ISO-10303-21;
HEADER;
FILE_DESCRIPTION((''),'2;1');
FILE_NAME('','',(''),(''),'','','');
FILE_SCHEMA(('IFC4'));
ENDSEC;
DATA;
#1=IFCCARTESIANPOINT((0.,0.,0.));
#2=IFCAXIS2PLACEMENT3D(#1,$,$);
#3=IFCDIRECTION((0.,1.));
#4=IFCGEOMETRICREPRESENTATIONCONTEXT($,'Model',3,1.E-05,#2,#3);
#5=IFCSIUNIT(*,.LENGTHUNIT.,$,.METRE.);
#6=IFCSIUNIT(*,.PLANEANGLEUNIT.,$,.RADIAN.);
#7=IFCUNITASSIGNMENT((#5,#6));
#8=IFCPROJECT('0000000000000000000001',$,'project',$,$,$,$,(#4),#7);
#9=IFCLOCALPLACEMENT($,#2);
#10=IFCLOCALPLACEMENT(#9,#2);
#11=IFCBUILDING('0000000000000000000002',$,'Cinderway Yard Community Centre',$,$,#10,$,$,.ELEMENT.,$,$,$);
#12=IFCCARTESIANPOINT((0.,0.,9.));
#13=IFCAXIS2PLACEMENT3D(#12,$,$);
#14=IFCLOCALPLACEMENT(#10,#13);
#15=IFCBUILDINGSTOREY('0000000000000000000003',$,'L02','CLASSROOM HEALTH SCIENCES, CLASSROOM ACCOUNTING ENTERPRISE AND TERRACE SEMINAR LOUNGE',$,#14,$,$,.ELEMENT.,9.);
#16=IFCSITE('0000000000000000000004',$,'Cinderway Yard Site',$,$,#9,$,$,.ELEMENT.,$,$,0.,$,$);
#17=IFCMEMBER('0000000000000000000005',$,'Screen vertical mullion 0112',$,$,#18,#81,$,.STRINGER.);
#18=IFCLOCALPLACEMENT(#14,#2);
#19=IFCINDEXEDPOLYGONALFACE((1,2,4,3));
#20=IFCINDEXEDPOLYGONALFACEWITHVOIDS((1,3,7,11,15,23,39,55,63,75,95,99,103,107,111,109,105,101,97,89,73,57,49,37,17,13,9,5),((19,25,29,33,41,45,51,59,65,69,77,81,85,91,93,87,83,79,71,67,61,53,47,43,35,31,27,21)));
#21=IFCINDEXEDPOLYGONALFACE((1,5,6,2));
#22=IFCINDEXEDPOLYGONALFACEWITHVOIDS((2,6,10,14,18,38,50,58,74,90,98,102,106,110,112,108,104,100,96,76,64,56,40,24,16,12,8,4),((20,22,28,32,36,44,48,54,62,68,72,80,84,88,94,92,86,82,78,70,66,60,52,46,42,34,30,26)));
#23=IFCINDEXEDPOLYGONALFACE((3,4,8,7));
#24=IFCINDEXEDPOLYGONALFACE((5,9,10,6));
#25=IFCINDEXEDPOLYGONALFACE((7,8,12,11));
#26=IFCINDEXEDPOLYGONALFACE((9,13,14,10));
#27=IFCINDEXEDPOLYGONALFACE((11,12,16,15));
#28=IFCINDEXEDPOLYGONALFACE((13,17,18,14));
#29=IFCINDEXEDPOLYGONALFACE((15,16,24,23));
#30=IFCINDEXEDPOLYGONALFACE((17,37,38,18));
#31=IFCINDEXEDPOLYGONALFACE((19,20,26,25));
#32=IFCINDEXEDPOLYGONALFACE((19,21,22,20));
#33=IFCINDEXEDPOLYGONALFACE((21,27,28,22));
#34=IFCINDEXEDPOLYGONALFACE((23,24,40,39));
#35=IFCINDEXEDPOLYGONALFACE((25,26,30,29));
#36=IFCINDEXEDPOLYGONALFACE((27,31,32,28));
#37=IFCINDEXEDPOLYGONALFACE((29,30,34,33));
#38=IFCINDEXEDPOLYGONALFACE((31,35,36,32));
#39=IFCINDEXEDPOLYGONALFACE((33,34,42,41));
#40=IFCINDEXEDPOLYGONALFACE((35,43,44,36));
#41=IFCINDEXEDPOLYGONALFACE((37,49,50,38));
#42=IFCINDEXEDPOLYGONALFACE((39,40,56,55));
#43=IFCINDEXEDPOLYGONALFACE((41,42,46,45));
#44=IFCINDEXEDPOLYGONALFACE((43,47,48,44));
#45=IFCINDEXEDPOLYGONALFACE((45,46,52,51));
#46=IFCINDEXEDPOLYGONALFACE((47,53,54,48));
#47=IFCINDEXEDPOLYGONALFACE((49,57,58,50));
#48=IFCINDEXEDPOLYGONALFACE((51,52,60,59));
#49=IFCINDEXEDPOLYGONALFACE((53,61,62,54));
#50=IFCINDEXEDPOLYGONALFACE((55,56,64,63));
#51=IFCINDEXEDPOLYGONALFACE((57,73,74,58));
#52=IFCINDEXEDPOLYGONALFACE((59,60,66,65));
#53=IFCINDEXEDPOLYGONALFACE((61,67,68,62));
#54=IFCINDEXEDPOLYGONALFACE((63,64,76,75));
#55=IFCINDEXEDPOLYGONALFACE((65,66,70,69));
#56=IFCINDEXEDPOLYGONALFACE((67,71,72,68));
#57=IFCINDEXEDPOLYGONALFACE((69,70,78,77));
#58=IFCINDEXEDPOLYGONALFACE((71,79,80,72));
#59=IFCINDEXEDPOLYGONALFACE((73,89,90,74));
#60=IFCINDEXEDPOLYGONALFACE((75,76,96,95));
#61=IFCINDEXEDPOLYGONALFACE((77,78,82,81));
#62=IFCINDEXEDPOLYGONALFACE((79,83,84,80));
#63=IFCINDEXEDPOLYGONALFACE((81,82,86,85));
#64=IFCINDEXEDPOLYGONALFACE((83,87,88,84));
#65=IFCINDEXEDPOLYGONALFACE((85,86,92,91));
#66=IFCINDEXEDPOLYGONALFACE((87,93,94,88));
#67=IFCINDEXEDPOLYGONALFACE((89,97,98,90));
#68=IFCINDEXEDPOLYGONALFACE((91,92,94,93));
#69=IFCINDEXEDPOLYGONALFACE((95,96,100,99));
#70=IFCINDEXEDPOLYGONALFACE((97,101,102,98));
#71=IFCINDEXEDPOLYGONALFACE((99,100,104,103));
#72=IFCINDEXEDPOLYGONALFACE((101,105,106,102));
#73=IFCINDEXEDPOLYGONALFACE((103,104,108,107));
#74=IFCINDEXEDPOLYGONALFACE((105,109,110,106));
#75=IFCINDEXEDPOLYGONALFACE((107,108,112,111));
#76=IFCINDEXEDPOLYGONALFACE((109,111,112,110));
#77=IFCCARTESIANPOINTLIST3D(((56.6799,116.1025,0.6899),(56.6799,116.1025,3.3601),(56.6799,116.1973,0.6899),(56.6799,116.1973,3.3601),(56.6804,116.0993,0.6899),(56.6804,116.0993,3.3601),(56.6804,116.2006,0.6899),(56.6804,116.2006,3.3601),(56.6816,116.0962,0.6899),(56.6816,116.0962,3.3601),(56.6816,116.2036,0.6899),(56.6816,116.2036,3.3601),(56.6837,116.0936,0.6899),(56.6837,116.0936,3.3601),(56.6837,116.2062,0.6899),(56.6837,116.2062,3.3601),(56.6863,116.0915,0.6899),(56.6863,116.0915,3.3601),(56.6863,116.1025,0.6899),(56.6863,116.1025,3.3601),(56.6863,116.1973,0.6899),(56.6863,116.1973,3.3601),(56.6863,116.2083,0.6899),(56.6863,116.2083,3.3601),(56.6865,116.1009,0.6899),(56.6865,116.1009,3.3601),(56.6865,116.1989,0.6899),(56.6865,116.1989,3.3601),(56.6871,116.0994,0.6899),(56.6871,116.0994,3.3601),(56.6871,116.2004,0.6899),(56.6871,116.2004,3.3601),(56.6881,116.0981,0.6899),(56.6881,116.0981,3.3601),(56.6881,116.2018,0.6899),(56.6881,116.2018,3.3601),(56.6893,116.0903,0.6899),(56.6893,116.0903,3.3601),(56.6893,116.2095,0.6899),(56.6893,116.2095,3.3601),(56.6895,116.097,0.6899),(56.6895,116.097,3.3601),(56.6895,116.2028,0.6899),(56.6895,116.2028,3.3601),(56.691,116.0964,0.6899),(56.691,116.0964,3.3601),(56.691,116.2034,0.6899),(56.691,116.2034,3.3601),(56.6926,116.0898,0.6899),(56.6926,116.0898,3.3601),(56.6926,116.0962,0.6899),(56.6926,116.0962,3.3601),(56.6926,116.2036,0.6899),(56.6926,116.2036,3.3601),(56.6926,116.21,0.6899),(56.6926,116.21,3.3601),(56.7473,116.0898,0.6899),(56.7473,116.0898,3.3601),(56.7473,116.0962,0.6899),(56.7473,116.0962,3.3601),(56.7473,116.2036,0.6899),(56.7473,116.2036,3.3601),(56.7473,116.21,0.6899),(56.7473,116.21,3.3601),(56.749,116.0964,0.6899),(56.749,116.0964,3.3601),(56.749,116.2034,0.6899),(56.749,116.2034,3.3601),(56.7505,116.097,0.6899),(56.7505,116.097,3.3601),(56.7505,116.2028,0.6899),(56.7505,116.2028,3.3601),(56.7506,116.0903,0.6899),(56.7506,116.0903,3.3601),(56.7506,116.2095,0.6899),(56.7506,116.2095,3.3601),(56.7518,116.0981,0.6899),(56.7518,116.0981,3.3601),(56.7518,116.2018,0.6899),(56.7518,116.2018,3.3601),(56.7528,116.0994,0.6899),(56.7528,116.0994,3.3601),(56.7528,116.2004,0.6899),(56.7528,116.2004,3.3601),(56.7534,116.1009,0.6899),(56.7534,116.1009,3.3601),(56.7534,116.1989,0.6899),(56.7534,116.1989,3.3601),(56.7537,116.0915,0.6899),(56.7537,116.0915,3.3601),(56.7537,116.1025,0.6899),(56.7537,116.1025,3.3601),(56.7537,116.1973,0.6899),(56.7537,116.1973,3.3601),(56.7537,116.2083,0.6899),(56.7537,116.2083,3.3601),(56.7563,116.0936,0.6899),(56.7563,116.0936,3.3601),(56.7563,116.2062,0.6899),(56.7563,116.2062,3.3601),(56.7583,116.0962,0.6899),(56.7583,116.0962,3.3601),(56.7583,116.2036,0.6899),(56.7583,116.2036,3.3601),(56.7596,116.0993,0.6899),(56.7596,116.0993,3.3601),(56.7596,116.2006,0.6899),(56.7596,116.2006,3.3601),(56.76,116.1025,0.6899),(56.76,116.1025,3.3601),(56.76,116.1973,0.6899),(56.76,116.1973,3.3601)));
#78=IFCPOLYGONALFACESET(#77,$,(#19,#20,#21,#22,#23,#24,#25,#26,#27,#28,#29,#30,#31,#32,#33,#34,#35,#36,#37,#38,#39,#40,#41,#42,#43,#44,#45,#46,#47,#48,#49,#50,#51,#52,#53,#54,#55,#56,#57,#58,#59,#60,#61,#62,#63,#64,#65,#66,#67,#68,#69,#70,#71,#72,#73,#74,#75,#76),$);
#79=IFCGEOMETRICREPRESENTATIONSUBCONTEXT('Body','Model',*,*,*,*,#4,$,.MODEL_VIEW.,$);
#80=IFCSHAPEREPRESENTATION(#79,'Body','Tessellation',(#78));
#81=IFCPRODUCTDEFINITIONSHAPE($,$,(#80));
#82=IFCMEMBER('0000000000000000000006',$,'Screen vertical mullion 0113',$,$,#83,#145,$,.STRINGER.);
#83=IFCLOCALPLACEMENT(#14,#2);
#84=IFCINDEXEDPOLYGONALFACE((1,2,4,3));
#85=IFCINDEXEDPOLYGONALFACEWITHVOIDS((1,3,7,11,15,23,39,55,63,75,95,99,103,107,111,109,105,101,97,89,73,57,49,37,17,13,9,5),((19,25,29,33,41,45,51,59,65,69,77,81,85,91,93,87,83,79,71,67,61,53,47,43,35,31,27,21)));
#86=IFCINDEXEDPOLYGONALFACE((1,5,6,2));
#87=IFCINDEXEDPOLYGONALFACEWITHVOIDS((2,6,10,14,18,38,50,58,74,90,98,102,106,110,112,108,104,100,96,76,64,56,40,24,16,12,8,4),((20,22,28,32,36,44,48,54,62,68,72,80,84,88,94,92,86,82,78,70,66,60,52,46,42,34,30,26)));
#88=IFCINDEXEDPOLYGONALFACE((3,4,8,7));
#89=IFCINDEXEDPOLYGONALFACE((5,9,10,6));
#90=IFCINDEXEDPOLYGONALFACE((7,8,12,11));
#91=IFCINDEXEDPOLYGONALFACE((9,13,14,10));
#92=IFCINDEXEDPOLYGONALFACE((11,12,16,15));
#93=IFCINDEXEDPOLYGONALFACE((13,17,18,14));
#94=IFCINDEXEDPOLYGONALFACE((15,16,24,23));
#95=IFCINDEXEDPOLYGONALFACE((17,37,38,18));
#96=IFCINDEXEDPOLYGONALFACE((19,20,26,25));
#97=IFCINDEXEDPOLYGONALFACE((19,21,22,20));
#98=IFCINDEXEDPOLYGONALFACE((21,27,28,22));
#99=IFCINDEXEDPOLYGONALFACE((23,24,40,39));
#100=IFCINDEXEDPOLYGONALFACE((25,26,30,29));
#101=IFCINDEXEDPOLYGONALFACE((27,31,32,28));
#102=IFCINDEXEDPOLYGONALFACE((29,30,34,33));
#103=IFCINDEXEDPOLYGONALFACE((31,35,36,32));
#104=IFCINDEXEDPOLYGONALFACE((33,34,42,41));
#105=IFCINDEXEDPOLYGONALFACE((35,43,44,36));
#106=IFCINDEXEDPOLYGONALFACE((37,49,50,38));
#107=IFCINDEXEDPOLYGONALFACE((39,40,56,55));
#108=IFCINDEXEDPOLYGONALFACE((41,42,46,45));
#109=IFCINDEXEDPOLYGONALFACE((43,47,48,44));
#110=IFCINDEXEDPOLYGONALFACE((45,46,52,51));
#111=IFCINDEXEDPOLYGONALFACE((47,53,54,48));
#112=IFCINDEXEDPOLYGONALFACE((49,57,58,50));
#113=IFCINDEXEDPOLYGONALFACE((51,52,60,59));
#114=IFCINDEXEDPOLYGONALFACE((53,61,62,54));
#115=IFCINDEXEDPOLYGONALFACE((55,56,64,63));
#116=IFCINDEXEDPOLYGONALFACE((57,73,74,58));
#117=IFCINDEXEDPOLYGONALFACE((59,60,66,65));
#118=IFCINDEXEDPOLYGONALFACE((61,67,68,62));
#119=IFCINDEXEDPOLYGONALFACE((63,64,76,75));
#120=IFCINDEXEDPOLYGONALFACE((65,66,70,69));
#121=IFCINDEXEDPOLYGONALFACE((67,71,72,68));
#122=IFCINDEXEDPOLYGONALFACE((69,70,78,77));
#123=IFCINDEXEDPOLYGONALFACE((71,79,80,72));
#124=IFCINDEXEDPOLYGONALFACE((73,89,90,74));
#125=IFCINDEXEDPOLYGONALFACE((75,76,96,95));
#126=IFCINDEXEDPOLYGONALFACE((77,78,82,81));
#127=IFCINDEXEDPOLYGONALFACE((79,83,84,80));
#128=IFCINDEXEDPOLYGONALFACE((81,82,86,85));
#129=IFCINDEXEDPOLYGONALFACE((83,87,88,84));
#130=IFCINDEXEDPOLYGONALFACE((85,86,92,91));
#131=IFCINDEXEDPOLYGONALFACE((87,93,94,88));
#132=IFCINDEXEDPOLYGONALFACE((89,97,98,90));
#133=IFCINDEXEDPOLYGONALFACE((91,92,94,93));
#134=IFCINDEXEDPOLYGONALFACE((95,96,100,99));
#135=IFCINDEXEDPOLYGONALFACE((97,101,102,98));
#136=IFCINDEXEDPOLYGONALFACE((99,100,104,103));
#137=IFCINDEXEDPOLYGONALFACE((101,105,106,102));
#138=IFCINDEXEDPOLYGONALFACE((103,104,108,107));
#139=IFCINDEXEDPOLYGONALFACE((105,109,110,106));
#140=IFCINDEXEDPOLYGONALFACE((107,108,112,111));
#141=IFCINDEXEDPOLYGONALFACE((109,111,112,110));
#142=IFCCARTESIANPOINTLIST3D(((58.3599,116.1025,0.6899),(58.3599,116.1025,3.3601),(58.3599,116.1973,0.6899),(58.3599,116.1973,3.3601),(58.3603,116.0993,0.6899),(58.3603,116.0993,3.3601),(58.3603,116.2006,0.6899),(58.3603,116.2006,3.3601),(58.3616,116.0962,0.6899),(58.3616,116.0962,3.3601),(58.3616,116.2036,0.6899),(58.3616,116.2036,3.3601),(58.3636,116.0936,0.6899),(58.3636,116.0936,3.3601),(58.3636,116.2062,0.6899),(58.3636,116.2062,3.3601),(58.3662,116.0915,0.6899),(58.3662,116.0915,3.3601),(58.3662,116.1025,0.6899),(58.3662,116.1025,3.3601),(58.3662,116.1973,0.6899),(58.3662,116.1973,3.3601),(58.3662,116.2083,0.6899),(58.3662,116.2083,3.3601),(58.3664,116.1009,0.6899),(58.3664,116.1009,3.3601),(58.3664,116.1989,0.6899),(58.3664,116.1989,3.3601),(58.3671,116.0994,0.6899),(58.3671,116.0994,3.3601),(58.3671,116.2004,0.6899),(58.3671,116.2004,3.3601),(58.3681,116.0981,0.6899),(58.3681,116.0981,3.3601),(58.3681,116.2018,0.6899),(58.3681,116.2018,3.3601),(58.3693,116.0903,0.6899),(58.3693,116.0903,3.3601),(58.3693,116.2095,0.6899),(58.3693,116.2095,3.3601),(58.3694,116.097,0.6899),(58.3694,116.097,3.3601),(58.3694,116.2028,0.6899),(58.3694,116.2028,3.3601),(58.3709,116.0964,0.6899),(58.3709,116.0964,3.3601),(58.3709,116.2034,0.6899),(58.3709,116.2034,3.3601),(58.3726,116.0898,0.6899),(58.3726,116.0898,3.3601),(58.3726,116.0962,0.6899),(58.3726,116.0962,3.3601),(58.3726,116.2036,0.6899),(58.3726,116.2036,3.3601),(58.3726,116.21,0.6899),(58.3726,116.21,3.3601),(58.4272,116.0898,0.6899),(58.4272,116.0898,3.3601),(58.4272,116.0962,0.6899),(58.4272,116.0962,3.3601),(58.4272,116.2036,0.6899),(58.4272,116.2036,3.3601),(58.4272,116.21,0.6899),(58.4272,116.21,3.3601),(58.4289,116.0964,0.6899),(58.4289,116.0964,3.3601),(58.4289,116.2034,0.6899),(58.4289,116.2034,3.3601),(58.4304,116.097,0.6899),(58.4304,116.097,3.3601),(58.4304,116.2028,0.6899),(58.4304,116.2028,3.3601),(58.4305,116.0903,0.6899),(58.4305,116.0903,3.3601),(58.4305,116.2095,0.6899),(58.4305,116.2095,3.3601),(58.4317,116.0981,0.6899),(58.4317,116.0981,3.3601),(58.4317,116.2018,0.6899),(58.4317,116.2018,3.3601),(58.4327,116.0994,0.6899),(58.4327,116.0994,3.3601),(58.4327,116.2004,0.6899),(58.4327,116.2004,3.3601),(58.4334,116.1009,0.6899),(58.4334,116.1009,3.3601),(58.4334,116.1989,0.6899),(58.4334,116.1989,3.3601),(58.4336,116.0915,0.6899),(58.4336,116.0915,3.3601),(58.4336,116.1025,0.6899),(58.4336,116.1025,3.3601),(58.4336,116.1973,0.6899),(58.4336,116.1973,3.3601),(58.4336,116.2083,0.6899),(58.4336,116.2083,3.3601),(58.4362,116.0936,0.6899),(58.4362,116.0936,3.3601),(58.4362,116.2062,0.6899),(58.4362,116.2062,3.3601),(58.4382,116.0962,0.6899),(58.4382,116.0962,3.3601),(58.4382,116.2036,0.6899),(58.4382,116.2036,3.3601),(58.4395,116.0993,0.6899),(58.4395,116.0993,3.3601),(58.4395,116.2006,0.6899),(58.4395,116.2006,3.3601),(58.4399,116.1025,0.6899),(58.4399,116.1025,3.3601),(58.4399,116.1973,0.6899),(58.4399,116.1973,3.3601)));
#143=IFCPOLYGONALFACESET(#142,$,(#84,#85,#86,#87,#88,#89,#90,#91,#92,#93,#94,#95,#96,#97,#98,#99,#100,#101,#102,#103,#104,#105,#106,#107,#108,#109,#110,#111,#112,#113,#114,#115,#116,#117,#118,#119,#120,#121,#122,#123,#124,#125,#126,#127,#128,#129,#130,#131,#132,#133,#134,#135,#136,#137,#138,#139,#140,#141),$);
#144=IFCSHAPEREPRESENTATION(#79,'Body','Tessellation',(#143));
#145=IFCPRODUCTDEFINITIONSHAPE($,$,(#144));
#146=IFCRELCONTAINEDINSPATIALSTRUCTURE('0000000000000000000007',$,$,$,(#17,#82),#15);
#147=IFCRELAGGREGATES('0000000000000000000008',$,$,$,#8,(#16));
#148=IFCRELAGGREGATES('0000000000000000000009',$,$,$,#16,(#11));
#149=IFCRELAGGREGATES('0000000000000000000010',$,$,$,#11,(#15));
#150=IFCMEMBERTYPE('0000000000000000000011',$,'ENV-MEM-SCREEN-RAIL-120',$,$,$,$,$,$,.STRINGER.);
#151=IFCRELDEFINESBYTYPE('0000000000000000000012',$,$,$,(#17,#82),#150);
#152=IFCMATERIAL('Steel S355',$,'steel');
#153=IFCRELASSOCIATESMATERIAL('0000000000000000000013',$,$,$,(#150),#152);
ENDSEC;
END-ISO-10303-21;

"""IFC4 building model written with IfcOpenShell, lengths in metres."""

from ifc_helpers import new_model, si_unit, direction, frame, origin, origin_2d, place, context, subcontext, project, spatial, hollow_rectangle, extrude, material, material_profile, profile_set, type_object, element, save


model = new_model("IFC4")

# Units and contexts
model_context = context("Model", 3, precision=1e-05, world=origin(), true_north=direction((0.0, 1.0)))
body_context = subcontext(model_context, "Body", "Model", "MODEL_VIEW")
ifc_project = project(units=[si_unit("LENGTHUNIT", "METRE"), si_unit("PLANEANGLEUNIT", "RADIAN")], contexts=[model_context])

# Site, building, storey
site_placement = place(None, origin())
site = spatial("IfcSite", under=ifc_project, at=site_placement, Name="Cinderway Yard Site", CompositionType="ELEMENT", RefElevation=0.0)
building_placement = place(site_placement, origin())
building = spatial("IfcBuilding", under=site, at=building_placement, Name="Cinderway Yard Community Centre", CompositionType="ELEMENT")
storey_placement = place(building_placement, frame((0.0, 0.0, 9.0)))
storey = spatial("IfcBuildingStorey", under=building, at=storey_placement, Name="L02", Description="CLASSROOM HEALTH SCIENCES, CLASSROOM ACCOUNTING ENTERPRISE AND TERRACE SEMINAR LOUNGE", CompositionType="ELEMENT", Elevation=9.0)

# Members
ifc_material_1 = material(Name="Steel S355", Category="steel")
ifc_material_profile_1 = material_profile(ifc_material_1, hollow_rectangle(XDim=0.0801, YDim=0.1201, WallThickness=0.0063, InnerFilletRadius=0.0063, OuterFilletRadius=0.0127, at=origin_2d()), Name="Steel S355")
ifc_profile_set_1 = profile_set([ifc_material_profile_1], Name="Steel S355")
member_type_1 = type_object("IfcMemberType", Name="ENV-MEM-SCREEN-RAIL-120", PredefinedType="STRINGER", material=ifc_profile_set_1)
for number, where, z_axis, x_axis, name in (
    (1, (56.72, 116.1499, 0.6899), (0.0, 0.0, 1.0), (1.0, 0.0, 0.0), "Screen vertical mullion 0112"),
    (2, (58.3999, 116.1499, 0.6899), (0.0, 0.0, 1.0), (1.0, 0.0, 0.0), "Screen vertical mullion 0113"),
):
    element("IfcMember", number, at=place(storey_placement, frame(where, z_axis=z_axis, x_axis=x_axis)), inside=storey, type_object=member_type_1, Name=name, PredefinedType="STRINGER", context=body_context, shape_type="SweptSolid", body=[
        extrude(hollow_rectangle(XDim=0.0801, YDim=0.1201, WallThickness=0.0063, InnerFilletRadius=0.0063, OuterFilletRadius=0.0127, at=origin_2d()), origin(), (0.0, 0.0, 1.0), 2.6702),
    ])

save(model, "model.ifc")
